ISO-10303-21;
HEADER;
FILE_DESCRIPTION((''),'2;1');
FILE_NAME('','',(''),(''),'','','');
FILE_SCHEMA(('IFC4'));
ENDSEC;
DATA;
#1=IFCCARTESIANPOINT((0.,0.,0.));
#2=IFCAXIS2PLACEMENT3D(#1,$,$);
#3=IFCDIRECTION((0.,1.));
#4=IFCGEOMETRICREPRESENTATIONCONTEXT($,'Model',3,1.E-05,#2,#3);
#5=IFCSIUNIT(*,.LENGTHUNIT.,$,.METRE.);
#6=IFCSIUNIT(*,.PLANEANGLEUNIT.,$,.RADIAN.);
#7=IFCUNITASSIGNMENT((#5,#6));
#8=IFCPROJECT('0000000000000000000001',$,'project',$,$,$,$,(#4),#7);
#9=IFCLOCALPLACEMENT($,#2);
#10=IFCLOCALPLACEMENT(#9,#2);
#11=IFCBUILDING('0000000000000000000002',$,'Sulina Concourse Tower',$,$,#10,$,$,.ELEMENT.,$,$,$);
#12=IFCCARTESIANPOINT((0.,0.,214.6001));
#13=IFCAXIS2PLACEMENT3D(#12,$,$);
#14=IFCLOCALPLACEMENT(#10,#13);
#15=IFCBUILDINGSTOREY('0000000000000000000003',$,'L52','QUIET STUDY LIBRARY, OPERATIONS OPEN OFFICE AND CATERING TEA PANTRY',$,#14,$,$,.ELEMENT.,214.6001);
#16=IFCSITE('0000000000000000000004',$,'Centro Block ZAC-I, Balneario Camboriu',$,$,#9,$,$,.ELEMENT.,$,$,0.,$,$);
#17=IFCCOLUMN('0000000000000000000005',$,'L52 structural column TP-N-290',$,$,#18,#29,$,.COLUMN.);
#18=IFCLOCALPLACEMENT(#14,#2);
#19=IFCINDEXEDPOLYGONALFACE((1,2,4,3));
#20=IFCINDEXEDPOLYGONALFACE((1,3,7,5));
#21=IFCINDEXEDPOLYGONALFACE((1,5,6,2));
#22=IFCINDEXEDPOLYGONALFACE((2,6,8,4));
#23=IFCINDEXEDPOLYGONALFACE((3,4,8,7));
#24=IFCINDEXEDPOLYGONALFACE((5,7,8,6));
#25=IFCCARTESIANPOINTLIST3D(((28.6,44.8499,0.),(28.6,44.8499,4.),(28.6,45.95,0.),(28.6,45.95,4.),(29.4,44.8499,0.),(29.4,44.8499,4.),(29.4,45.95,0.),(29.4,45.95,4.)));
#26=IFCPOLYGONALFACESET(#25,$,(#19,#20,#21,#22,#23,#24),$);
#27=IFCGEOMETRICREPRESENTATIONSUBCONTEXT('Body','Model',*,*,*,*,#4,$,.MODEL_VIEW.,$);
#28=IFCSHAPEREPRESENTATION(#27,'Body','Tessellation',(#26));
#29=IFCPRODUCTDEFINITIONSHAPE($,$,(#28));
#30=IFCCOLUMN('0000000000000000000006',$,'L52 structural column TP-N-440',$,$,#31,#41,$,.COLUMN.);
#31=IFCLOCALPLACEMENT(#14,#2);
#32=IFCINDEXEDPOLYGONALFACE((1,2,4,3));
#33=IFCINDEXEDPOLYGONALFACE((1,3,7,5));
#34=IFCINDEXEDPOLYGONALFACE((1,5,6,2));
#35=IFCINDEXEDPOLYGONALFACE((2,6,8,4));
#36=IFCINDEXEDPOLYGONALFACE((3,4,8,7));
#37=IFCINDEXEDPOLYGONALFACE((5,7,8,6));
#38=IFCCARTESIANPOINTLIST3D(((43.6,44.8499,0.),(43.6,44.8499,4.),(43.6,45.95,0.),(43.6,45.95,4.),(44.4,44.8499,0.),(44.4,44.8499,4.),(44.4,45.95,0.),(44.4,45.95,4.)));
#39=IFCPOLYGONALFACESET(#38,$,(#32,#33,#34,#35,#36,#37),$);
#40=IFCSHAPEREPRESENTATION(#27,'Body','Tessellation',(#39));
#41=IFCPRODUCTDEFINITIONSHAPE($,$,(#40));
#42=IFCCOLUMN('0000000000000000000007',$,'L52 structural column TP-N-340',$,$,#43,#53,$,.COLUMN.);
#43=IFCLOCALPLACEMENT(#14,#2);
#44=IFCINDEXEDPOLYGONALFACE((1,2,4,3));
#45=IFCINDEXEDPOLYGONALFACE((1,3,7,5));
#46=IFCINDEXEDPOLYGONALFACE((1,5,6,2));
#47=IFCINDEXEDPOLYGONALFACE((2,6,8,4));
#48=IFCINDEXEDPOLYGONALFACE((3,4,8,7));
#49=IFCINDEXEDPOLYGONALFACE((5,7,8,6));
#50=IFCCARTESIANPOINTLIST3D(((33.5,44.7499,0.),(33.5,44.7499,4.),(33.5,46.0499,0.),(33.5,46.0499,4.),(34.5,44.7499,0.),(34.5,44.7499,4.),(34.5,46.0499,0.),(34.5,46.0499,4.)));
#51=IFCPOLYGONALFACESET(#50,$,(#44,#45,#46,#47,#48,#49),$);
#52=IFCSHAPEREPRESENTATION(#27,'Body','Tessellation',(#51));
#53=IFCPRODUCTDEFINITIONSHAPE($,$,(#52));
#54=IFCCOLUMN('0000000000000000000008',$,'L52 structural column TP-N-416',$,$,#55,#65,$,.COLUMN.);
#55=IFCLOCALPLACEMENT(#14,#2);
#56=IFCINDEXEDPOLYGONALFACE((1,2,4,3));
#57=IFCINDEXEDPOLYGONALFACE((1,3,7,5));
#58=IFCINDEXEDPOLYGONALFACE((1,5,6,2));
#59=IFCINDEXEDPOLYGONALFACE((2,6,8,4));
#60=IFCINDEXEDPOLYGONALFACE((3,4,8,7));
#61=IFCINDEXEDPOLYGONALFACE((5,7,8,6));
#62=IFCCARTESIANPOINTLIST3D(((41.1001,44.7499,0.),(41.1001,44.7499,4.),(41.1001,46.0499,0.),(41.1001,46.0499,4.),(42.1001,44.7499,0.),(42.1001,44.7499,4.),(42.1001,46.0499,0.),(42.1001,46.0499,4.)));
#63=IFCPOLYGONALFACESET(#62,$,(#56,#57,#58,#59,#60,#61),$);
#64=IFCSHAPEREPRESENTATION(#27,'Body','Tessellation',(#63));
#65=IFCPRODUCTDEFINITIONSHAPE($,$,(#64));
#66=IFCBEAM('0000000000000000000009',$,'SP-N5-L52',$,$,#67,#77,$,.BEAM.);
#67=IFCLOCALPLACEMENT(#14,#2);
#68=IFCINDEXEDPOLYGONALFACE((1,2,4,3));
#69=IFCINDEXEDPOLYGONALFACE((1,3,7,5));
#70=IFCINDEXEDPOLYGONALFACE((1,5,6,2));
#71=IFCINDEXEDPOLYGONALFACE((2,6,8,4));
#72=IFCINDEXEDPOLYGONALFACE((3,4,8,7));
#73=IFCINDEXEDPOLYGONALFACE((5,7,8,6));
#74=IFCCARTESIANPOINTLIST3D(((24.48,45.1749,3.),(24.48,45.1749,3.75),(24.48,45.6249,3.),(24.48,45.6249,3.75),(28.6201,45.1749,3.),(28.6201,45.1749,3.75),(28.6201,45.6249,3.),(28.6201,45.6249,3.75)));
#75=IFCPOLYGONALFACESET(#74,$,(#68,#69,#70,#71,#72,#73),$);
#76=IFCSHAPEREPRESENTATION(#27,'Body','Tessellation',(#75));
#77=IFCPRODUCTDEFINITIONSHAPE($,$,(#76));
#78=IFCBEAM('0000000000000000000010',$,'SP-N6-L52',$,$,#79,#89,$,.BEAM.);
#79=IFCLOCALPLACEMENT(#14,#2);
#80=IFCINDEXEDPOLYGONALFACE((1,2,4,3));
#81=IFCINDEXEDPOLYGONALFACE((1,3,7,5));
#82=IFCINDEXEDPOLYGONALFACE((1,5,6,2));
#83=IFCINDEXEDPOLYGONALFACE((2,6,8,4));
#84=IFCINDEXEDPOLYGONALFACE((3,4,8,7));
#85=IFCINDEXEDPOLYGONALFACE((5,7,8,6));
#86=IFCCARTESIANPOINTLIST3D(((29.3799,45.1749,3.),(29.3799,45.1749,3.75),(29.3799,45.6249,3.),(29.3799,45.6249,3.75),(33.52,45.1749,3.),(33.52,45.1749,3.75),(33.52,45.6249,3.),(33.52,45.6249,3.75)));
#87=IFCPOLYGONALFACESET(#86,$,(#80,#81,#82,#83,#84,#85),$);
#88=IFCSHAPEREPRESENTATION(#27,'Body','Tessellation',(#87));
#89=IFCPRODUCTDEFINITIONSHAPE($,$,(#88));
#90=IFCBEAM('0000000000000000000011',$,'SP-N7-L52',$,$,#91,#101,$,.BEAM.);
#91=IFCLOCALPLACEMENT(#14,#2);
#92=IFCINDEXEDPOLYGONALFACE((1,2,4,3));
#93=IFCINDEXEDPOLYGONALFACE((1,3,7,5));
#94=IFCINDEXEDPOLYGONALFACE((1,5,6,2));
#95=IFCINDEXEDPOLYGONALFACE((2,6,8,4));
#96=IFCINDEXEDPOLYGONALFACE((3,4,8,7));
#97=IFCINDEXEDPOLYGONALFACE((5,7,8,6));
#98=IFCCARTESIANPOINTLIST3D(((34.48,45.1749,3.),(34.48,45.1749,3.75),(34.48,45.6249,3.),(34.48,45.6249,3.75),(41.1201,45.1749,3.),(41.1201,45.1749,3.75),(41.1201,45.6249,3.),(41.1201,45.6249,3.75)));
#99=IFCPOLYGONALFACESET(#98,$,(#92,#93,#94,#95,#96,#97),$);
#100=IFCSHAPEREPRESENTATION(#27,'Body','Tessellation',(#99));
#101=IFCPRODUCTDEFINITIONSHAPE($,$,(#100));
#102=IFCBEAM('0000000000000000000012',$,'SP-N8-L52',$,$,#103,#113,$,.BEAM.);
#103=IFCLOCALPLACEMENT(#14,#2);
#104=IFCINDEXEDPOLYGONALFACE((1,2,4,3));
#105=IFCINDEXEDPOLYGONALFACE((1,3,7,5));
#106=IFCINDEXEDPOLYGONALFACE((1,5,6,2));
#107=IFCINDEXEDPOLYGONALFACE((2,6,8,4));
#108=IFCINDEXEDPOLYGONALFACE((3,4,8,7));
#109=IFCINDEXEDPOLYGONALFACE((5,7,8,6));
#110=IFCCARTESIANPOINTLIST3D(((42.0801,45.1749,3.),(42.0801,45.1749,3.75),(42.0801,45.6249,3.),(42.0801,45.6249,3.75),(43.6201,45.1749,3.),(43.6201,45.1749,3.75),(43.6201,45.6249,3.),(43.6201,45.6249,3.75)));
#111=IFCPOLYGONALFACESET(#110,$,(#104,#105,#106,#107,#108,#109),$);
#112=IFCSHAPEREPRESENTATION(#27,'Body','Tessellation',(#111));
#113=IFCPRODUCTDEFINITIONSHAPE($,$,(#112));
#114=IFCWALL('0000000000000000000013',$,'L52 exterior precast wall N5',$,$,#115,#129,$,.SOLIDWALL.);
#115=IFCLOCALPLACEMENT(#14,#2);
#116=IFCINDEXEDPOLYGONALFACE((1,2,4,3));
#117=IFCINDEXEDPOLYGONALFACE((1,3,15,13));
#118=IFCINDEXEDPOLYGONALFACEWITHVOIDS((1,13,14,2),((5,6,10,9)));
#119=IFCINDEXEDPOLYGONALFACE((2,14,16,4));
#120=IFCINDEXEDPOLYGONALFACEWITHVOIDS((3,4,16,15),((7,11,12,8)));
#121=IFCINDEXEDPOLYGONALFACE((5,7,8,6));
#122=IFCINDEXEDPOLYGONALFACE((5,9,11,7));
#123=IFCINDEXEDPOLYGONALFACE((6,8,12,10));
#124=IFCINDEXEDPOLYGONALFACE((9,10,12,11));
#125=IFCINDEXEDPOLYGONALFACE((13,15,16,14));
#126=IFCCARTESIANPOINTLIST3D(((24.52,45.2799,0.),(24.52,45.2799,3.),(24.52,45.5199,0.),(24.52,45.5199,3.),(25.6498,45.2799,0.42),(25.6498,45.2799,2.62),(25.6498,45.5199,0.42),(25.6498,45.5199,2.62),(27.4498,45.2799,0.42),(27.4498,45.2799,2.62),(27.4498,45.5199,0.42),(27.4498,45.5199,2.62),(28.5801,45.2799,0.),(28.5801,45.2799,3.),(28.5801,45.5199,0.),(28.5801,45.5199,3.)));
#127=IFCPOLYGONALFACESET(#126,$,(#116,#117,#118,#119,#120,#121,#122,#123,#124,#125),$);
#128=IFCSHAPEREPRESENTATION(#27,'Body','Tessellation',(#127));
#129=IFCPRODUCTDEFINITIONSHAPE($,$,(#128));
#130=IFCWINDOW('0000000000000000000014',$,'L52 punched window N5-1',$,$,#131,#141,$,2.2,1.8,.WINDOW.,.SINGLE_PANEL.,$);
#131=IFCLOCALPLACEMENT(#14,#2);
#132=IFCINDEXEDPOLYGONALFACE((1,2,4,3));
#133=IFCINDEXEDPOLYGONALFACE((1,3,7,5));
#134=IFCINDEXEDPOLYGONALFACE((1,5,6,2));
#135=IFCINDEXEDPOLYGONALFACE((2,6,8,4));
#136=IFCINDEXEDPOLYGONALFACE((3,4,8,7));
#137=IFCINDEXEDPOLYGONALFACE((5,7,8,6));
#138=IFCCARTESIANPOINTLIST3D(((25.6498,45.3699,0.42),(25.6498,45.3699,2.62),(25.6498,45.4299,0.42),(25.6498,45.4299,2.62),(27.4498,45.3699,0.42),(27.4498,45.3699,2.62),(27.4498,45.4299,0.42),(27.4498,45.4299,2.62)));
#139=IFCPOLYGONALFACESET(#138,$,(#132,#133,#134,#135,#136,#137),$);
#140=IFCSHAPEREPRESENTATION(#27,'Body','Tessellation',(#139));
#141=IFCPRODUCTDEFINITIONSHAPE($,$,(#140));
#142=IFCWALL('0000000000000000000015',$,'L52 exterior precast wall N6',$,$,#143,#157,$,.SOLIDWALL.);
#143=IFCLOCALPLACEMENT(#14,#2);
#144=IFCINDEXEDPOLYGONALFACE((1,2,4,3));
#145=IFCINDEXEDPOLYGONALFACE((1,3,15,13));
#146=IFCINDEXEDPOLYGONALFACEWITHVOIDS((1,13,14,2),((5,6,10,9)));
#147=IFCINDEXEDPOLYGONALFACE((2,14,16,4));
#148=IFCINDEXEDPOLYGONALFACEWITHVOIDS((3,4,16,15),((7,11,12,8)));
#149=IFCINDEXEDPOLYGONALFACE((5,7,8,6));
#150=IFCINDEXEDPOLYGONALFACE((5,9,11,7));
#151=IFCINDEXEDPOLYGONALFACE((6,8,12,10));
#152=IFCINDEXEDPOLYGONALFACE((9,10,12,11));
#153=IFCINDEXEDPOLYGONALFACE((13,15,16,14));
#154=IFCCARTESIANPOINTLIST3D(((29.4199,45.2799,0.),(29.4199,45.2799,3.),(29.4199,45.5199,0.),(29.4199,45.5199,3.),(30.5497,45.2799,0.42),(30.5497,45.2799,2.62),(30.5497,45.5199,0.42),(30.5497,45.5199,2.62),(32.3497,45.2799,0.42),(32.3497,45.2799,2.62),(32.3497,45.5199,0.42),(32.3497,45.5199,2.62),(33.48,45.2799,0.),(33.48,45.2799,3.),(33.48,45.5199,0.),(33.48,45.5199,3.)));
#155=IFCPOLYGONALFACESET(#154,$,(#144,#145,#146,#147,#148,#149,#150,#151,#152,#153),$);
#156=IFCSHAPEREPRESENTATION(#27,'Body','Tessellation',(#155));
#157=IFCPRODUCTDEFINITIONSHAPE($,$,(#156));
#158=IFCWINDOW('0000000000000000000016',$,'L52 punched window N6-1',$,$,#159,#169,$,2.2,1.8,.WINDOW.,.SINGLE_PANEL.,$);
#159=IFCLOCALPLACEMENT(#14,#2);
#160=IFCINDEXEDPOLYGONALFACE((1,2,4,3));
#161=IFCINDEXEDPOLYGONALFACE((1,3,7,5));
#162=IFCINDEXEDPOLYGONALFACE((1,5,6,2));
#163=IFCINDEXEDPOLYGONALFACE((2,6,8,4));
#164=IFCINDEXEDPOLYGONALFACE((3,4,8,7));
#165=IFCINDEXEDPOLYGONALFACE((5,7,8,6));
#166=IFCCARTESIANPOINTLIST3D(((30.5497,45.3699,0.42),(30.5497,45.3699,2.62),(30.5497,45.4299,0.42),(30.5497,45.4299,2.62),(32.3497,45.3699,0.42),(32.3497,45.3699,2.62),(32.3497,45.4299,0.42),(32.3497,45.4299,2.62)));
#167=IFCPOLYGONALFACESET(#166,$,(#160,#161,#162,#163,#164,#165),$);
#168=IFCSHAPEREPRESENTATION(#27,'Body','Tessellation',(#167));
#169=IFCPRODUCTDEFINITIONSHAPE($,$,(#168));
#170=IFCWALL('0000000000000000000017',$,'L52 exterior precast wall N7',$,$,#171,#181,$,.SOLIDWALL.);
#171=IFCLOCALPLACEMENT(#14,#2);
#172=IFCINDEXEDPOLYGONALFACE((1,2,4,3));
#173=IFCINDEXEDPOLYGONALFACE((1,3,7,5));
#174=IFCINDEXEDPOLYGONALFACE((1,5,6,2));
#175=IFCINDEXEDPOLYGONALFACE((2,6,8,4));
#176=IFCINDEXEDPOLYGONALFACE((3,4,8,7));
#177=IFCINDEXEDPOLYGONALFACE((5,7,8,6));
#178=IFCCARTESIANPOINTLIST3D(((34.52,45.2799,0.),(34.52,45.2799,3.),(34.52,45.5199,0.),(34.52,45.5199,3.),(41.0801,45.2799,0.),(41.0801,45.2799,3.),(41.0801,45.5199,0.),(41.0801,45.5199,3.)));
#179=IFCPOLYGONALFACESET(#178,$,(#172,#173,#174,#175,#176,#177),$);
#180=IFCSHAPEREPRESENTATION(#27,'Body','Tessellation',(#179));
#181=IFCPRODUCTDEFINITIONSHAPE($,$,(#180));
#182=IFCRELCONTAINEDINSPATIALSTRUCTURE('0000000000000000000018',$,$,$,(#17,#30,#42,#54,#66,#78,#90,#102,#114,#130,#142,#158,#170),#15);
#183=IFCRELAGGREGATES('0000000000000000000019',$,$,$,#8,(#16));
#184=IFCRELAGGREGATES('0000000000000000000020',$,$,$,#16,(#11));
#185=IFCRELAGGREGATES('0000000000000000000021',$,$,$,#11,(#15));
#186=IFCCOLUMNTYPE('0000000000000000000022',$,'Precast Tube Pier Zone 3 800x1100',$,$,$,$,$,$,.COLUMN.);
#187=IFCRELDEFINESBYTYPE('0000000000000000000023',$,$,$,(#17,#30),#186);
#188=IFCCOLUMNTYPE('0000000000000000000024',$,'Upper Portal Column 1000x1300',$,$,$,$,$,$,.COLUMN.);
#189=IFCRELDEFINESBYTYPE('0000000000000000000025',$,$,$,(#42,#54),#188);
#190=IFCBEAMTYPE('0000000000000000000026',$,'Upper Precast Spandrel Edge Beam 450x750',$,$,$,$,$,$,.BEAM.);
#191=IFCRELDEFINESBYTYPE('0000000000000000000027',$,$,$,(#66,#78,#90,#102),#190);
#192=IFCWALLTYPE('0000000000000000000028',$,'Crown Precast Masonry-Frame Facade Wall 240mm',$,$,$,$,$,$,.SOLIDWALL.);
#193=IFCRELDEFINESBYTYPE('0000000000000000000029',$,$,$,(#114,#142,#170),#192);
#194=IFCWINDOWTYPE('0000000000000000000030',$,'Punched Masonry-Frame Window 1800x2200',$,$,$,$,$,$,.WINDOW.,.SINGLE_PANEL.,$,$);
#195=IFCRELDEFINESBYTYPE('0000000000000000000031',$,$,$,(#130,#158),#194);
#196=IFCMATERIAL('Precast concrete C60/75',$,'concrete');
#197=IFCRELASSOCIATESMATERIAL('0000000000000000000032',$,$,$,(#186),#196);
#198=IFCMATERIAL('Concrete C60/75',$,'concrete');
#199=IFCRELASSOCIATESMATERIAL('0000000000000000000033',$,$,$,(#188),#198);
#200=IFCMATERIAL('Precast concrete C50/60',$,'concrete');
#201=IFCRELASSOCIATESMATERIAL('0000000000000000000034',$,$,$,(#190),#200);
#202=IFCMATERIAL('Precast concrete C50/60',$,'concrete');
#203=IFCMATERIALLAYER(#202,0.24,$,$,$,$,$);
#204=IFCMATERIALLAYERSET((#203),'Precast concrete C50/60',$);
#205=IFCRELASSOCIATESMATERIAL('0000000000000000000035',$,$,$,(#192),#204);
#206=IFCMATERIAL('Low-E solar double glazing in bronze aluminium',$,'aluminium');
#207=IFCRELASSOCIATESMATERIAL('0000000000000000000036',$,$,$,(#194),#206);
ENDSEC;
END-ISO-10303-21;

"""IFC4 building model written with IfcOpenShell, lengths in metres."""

from ifc_helpers import new_model, si_unit, direction, frame, frame_2d, origin, origin_2d, place, context, subcontext, project, spatial, rectangle, extrude, material, layer, layer_set, material_profile, profile_set, type_object, element, fill, save


model = new_model("IFC4")

# Units and contexts
model_context = context("Model", 3, precision=1e-05, world=origin(), true_north=direction((0.0, 1.0)))
body_context = subcontext(model_context, "Body", "Model", "MODEL_VIEW")
ifc_project = project(units=[si_unit("LENGTHUNIT", "METRE"), si_unit("PLANEANGLEUNIT", "RADIAN")], contexts=[model_context])

# Site, building, storey
site_placement = place(None, origin())
site = spatial("IfcSite", under=ifc_project, at=site_placement, Name="Centro Block ZAC-I, Balneario Camboriu", CompositionType="ELEMENT", RefElevation=0.0)
building_placement = place(site_placement, origin())
building = spatial("IfcBuilding", under=site, at=building_placement, Name="Sulina Concourse Tower", CompositionType="ELEMENT")
storey_placement = place(building_placement, frame((0.0, 0.0, 214.6001)))
storey = spatial("IfcBuildingStorey", under=building, at=storey_placement, Name="L52", Description="QUIET STUDY LIBRARY, OPERATIONS OPEN OFFICE AND CATERING TEA PANTRY", CompositionType="ELEMENT", Elevation=214.6001)

# Columns
ifc_material_1 = material(Name="Precast concrete C60/75", Category="concrete")
ifc_material_profile_1 = material_profile(ifc_material_1, rectangle(XDim=0.8, YDim=1.1001, at=origin_2d()), Name="PC 800x1100")
ifc_profile_set_1 = profile_set([ifc_material_profile_1], Name="Precast concrete C60/75")
column_type_1 = type_object("IfcColumnType", Name="Precast Tube Pier Zone 3 800x1100", PredefinedType="COLUMN", material=ifc_profile_set_1)
for number, where, z_axis, x_axis, name in (
    (1, (29.0, 45.3999, 0.0), (0.0, 0.0, 1.0), (1.0, 0.0, 0.0), "L52 structural column TP-N-290"),
    (2, (44.0, 45.3999, 0.0), (0.0, 0.0, 1.0), (1.0, 0.0, 0.0), "L52 structural column TP-N-440"),
):
    element("IfcColumn", number, at=place(storey_placement, frame(where, z_axis=z_axis, x_axis=x_axis)), inside=storey, type_object=column_type_1, Name=name, PredefinedType="COLUMN", context=body_context, shape_type="SweptSolid", body=[
        extrude(rectangle(XDim=0.8, YDim=1.1001, at=origin_2d()), origin(), (0.0, 0.0, 1.0), 4.0),
    ])
ifc_material_2 = material(Name="Concrete C60/75", Category="concrete")
ifc_material_profile_2 = material_profile(ifc_material_2, rectangle(XDim=1.0, YDim=1.3, at=origin_2d()), Name="RC 1000x1300")
ifc_profile_set_2 = profile_set([ifc_material_profile_2], Name="Concrete C60/75")
column_type_2 = type_object("IfcColumnType", Name="Upper Portal Column 1000x1300", PredefinedType="COLUMN", material=ifc_profile_set_2)
for number, where, z_axis, x_axis, name in (
    (3, (34.0, 45.3999, 0.0), (0.0, 0.0, 1.0), (1.0, 0.0, 0.0), "L52 structural column TP-N-340"),
    (4, (41.6001, 45.3999, 0.0), (0.0, 0.0, 1.0), (1.0, 0.0, 0.0), "L52 structural column TP-N-416"),
):
    element("IfcColumn", number, at=place(storey_placement, frame(where, z_axis=z_axis, x_axis=x_axis)), inside=storey, type_object=column_type_2, Name=name, PredefinedType="COLUMN", context=body_context, shape_type="SweptSolid", body=[
        extrude(rectangle(XDim=1.0, YDim=1.3, at=origin_2d()), origin(), (0.0, 0.0, 1.0), 4.0),
    ])

# Beams
ifc_material_3 = material(Name="Precast concrete C50/60", Category="concrete")
ifc_material_profile_3 = material_profile(ifc_material_3, rectangle(XDim=0.45, YDim=0.75, at=origin_2d()), Name="RC 450x750")
ifc_profile_set_3 = profile_set([ifc_material_profile_3], Name="Precast concrete C50/60")
beam_type = type_object("IfcBeamType", Name="Upper Precast Spandrel Edge Beam 450x750", PredefinedType="BEAM", material=ifc_profile_set_3)
for number, where, z_axis, x_axis, name in (
    (5, (24.48, 45.3999, 3.375), (1.0, 0.0, 0.0), (0.0, 1.0, 0.0), "SP-N5-L52"),
    (6, (29.3799, 45.3999, 3.375), (1.0, 0.0, 0.0), (0.0, 1.0, 0.0), "SP-N6-L52"),
):
    element("IfcBeam", number, at=place(storey_placement, frame(where, z_axis=z_axis, x_axis=x_axis)), inside=storey, type_object=beam_type, Name=name, PredefinedType="BEAM", context=body_context, shape_type="SweptSolid", body=[
        extrude(rectangle(XDim=0.45, YDim=0.75, at=origin_2d()), origin(), (0.0, 0.0, 1.0), 4.1401),
    ])
beam_1_placement = place(storey_placement, frame((34.48, 45.3999, 3.375), z_axis=(1.0, 0.0, 0.0), x_axis=(0.0, 1.0, 0.0)))
element("IfcBeam", 7, at=beam_1_placement, inside=storey, type_object=beam_type, Name="SP-N7-L52", PredefinedType="BEAM", context=body_context, shape_type="SweptSolid", body=[
    extrude(rectangle(XDim=0.45, YDim=0.75, at=origin_2d()), origin(), (0.0, 0.0, 1.0), 6.6401),
])
beam_2_placement = place(storey_placement, frame((42.0801, 45.3999, 3.375), z_axis=(1.0, 0.0, 0.0), x_axis=(0.0, 1.0, 0.0)))
element("IfcBeam", 8, at=beam_2_placement, inside=storey, type_object=beam_type, Name="SP-N8-L52", PredefinedType="BEAM", context=body_context, shape_type="SweptSolid", body=[
    extrude(rectangle(XDim=0.45, YDim=0.75, at=origin_2d()), origin(), (0.0, 0.0, 1.0), 1.54),
])

# Walls, openings, windows
ifc_material_4 = material(Name="Precast concrete C50/60", Category="concrete")
ifc_layer_1 = layer(ifc_material_4, 0.24)
ifc_layer_set_1 = layer_set([ifc_layer_1], Name="Precast concrete C50/60")
wall_type_1 = type_object("IfcWallType", Name="Crown Precast Masonry-Frame Facade Wall 240mm", PredefinedType="SOLIDWALL", material=ifc_layer_set_1)
wall_1_placement = place(storey_placement, frame((24.52, 45.3999, 0.0), z_axis=(0.0, 0.0, 1.0), x_axis=(1.0, 0.0, 0.0)))
wall_1 = element("IfcWall", 9, at=wall_1_placement, inside=storey, type_object=wall_type_1, Name="L52 exterior precast wall N5", PredefinedType="SOLIDWALL", context=body_context, shape_type="SweptSolid", body=[
    extrude(rectangle(XDim=4.0601, YDim=0.24, at=frame_2d((2.03, 0.0))), origin(), (0.0, 0.0, 1.0), 3.0),
])
opening_1_placement = place(wall_1_placement, frame((1.1299, 0.0, 0.4199)))
opening_1 = element("IfcOpeningElement", 10, at=opening_1_placement, cuts=wall_1, PredefinedType="OPENING", context=body_context, shape_type="SweptSolid", body=[
    extrude(rectangle(XDim=1.8, YDim=2.2, at=frame_2d((0.8999, 1.1001))), frame((0.0, 0.1299, 0.0), z_axis=(0.0, -1.0, 0.0), x_axis=(1.0, 0.0, 0.0)), (0.0, 0.0, 1.0), 0.26),
])
ifc_material_5 = material(Name="Low-E solar double glazing in bronze aluminium", Category="aluminium")
window_type = type_object("IfcWindowType", Name="Punched Masonry-Frame Window 1800x2200", PartitioningType="SINGLE_PANEL", PredefinedType="WINDOW", material=ifc_material_5)
window_1_placement = place(opening_1_placement, origin())
window_1 = element("IfcWindow", 11, at=window_1_placement, inside=storey, type_object=window_type, Name="L52 punched window N5-1", OverallHeight=2.2, OverallWidth=1.8, PartitioningType="SINGLE_PANEL", PredefinedType="WINDOW", context=body_context, shape_type="SweptSolid", body=[
    extrude(rectangle(XDim=1.8, YDim=2.2, at=frame_2d((0.8999, 1.1001))), frame((0.0, 0.03, 0.0), z_axis=(0.0, -1.0, 0.0), x_axis=(1.0, 0.0, 0.0)), (0.0, 0.0, 1.0), 0.0601),
])
fill(opening_1, window_1)
wall_2_placement = place(storey_placement, frame((29.4199, 45.3999, 0.0), z_axis=(0.0, 0.0, 1.0), x_axis=(1.0, 0.0, 0.0)))
wall_2 = element("IfcWall", 12, at=wall_2_placement, inside=storey, type_object=wall_type_1, Name="L52 exterior precast wall N6", PredefinedType="SOLIDWALL", context=body_context, shape_type="SweptSolid", body=[
    extrude(rectangle(XDim=4.0601, YDim=0.24, at=frame_2d((2.03, 0.0))), origin(), (0.0, 0.0, 1.0), 3.0),
])
opening_2_placement = place(wall_2_placement, frame((1.1299, 0.0, 0.4199)))
opening_2 = element("IfcOpeningElement", 13, at=opening_2_placement, cuts=wall_2, PredefinedType="OPENING", context=body_context, shape_type="SweptSolid", body=[
    extrude(rectangle(XDim=1.8, YDim=2.2, at=frame_2d((0.8999, 1.1001))), frame((0.0, 0.1299, 0.0), z_axis=(0.0, -1.0, 0.0), x_axis=(1.0, 0.0, 0.0)), (0.0, 0.0, 1.0), 0.26),
])
window_2_placement = place(opening_2_placement, origin())
window_2 = element("IfcWindow", 14, at=window_2_placement, inside=storey, type_object=window_type, Name="L52 punched window N6-1", OverallHeight=2.2, OverallWidth=1.8, PartitioningType="SINGLE_PANEL", PredefinedType="WINDOW", context=body_context, shape_type="SweptSolid", body=[
    extrude(rectangle(XDim=1.8, YDim=2.2, at=frame_2d((0.8999, 1.1001))), frame((0.0, 0.03, 0.0), z_axis=(0.0, -1.0, 0.0), x_axis=(1.0, 0.0, 0.0)), (0.0, 0.0, 1.0), 0.0601),
])
fill(opening_2, window_2)

# Wall
wall_3_placement = place(storey_placement, frame((34.52, 45.3999, 0.0), z_axis=(0.0, 0.0, 1.0), x_axis=(1.0, 0.0, 0.0)))
element("IfcWall", 15, at=wall_3_placement, inside=storey, type_object=wall_type_1, Name="L52 exterior precast wall N7", PredefinedType="SOLIDWALL", context=body_context, shape_type="SweptSolid", body=[
    extrude(rectangle(XDim=6.5601, YDim=0.24, at=frame_2d((3.28, 0.0))), origin(), (0.0, 0.0, 1.0), 3.0),
])

save(model, "model.ifc")
